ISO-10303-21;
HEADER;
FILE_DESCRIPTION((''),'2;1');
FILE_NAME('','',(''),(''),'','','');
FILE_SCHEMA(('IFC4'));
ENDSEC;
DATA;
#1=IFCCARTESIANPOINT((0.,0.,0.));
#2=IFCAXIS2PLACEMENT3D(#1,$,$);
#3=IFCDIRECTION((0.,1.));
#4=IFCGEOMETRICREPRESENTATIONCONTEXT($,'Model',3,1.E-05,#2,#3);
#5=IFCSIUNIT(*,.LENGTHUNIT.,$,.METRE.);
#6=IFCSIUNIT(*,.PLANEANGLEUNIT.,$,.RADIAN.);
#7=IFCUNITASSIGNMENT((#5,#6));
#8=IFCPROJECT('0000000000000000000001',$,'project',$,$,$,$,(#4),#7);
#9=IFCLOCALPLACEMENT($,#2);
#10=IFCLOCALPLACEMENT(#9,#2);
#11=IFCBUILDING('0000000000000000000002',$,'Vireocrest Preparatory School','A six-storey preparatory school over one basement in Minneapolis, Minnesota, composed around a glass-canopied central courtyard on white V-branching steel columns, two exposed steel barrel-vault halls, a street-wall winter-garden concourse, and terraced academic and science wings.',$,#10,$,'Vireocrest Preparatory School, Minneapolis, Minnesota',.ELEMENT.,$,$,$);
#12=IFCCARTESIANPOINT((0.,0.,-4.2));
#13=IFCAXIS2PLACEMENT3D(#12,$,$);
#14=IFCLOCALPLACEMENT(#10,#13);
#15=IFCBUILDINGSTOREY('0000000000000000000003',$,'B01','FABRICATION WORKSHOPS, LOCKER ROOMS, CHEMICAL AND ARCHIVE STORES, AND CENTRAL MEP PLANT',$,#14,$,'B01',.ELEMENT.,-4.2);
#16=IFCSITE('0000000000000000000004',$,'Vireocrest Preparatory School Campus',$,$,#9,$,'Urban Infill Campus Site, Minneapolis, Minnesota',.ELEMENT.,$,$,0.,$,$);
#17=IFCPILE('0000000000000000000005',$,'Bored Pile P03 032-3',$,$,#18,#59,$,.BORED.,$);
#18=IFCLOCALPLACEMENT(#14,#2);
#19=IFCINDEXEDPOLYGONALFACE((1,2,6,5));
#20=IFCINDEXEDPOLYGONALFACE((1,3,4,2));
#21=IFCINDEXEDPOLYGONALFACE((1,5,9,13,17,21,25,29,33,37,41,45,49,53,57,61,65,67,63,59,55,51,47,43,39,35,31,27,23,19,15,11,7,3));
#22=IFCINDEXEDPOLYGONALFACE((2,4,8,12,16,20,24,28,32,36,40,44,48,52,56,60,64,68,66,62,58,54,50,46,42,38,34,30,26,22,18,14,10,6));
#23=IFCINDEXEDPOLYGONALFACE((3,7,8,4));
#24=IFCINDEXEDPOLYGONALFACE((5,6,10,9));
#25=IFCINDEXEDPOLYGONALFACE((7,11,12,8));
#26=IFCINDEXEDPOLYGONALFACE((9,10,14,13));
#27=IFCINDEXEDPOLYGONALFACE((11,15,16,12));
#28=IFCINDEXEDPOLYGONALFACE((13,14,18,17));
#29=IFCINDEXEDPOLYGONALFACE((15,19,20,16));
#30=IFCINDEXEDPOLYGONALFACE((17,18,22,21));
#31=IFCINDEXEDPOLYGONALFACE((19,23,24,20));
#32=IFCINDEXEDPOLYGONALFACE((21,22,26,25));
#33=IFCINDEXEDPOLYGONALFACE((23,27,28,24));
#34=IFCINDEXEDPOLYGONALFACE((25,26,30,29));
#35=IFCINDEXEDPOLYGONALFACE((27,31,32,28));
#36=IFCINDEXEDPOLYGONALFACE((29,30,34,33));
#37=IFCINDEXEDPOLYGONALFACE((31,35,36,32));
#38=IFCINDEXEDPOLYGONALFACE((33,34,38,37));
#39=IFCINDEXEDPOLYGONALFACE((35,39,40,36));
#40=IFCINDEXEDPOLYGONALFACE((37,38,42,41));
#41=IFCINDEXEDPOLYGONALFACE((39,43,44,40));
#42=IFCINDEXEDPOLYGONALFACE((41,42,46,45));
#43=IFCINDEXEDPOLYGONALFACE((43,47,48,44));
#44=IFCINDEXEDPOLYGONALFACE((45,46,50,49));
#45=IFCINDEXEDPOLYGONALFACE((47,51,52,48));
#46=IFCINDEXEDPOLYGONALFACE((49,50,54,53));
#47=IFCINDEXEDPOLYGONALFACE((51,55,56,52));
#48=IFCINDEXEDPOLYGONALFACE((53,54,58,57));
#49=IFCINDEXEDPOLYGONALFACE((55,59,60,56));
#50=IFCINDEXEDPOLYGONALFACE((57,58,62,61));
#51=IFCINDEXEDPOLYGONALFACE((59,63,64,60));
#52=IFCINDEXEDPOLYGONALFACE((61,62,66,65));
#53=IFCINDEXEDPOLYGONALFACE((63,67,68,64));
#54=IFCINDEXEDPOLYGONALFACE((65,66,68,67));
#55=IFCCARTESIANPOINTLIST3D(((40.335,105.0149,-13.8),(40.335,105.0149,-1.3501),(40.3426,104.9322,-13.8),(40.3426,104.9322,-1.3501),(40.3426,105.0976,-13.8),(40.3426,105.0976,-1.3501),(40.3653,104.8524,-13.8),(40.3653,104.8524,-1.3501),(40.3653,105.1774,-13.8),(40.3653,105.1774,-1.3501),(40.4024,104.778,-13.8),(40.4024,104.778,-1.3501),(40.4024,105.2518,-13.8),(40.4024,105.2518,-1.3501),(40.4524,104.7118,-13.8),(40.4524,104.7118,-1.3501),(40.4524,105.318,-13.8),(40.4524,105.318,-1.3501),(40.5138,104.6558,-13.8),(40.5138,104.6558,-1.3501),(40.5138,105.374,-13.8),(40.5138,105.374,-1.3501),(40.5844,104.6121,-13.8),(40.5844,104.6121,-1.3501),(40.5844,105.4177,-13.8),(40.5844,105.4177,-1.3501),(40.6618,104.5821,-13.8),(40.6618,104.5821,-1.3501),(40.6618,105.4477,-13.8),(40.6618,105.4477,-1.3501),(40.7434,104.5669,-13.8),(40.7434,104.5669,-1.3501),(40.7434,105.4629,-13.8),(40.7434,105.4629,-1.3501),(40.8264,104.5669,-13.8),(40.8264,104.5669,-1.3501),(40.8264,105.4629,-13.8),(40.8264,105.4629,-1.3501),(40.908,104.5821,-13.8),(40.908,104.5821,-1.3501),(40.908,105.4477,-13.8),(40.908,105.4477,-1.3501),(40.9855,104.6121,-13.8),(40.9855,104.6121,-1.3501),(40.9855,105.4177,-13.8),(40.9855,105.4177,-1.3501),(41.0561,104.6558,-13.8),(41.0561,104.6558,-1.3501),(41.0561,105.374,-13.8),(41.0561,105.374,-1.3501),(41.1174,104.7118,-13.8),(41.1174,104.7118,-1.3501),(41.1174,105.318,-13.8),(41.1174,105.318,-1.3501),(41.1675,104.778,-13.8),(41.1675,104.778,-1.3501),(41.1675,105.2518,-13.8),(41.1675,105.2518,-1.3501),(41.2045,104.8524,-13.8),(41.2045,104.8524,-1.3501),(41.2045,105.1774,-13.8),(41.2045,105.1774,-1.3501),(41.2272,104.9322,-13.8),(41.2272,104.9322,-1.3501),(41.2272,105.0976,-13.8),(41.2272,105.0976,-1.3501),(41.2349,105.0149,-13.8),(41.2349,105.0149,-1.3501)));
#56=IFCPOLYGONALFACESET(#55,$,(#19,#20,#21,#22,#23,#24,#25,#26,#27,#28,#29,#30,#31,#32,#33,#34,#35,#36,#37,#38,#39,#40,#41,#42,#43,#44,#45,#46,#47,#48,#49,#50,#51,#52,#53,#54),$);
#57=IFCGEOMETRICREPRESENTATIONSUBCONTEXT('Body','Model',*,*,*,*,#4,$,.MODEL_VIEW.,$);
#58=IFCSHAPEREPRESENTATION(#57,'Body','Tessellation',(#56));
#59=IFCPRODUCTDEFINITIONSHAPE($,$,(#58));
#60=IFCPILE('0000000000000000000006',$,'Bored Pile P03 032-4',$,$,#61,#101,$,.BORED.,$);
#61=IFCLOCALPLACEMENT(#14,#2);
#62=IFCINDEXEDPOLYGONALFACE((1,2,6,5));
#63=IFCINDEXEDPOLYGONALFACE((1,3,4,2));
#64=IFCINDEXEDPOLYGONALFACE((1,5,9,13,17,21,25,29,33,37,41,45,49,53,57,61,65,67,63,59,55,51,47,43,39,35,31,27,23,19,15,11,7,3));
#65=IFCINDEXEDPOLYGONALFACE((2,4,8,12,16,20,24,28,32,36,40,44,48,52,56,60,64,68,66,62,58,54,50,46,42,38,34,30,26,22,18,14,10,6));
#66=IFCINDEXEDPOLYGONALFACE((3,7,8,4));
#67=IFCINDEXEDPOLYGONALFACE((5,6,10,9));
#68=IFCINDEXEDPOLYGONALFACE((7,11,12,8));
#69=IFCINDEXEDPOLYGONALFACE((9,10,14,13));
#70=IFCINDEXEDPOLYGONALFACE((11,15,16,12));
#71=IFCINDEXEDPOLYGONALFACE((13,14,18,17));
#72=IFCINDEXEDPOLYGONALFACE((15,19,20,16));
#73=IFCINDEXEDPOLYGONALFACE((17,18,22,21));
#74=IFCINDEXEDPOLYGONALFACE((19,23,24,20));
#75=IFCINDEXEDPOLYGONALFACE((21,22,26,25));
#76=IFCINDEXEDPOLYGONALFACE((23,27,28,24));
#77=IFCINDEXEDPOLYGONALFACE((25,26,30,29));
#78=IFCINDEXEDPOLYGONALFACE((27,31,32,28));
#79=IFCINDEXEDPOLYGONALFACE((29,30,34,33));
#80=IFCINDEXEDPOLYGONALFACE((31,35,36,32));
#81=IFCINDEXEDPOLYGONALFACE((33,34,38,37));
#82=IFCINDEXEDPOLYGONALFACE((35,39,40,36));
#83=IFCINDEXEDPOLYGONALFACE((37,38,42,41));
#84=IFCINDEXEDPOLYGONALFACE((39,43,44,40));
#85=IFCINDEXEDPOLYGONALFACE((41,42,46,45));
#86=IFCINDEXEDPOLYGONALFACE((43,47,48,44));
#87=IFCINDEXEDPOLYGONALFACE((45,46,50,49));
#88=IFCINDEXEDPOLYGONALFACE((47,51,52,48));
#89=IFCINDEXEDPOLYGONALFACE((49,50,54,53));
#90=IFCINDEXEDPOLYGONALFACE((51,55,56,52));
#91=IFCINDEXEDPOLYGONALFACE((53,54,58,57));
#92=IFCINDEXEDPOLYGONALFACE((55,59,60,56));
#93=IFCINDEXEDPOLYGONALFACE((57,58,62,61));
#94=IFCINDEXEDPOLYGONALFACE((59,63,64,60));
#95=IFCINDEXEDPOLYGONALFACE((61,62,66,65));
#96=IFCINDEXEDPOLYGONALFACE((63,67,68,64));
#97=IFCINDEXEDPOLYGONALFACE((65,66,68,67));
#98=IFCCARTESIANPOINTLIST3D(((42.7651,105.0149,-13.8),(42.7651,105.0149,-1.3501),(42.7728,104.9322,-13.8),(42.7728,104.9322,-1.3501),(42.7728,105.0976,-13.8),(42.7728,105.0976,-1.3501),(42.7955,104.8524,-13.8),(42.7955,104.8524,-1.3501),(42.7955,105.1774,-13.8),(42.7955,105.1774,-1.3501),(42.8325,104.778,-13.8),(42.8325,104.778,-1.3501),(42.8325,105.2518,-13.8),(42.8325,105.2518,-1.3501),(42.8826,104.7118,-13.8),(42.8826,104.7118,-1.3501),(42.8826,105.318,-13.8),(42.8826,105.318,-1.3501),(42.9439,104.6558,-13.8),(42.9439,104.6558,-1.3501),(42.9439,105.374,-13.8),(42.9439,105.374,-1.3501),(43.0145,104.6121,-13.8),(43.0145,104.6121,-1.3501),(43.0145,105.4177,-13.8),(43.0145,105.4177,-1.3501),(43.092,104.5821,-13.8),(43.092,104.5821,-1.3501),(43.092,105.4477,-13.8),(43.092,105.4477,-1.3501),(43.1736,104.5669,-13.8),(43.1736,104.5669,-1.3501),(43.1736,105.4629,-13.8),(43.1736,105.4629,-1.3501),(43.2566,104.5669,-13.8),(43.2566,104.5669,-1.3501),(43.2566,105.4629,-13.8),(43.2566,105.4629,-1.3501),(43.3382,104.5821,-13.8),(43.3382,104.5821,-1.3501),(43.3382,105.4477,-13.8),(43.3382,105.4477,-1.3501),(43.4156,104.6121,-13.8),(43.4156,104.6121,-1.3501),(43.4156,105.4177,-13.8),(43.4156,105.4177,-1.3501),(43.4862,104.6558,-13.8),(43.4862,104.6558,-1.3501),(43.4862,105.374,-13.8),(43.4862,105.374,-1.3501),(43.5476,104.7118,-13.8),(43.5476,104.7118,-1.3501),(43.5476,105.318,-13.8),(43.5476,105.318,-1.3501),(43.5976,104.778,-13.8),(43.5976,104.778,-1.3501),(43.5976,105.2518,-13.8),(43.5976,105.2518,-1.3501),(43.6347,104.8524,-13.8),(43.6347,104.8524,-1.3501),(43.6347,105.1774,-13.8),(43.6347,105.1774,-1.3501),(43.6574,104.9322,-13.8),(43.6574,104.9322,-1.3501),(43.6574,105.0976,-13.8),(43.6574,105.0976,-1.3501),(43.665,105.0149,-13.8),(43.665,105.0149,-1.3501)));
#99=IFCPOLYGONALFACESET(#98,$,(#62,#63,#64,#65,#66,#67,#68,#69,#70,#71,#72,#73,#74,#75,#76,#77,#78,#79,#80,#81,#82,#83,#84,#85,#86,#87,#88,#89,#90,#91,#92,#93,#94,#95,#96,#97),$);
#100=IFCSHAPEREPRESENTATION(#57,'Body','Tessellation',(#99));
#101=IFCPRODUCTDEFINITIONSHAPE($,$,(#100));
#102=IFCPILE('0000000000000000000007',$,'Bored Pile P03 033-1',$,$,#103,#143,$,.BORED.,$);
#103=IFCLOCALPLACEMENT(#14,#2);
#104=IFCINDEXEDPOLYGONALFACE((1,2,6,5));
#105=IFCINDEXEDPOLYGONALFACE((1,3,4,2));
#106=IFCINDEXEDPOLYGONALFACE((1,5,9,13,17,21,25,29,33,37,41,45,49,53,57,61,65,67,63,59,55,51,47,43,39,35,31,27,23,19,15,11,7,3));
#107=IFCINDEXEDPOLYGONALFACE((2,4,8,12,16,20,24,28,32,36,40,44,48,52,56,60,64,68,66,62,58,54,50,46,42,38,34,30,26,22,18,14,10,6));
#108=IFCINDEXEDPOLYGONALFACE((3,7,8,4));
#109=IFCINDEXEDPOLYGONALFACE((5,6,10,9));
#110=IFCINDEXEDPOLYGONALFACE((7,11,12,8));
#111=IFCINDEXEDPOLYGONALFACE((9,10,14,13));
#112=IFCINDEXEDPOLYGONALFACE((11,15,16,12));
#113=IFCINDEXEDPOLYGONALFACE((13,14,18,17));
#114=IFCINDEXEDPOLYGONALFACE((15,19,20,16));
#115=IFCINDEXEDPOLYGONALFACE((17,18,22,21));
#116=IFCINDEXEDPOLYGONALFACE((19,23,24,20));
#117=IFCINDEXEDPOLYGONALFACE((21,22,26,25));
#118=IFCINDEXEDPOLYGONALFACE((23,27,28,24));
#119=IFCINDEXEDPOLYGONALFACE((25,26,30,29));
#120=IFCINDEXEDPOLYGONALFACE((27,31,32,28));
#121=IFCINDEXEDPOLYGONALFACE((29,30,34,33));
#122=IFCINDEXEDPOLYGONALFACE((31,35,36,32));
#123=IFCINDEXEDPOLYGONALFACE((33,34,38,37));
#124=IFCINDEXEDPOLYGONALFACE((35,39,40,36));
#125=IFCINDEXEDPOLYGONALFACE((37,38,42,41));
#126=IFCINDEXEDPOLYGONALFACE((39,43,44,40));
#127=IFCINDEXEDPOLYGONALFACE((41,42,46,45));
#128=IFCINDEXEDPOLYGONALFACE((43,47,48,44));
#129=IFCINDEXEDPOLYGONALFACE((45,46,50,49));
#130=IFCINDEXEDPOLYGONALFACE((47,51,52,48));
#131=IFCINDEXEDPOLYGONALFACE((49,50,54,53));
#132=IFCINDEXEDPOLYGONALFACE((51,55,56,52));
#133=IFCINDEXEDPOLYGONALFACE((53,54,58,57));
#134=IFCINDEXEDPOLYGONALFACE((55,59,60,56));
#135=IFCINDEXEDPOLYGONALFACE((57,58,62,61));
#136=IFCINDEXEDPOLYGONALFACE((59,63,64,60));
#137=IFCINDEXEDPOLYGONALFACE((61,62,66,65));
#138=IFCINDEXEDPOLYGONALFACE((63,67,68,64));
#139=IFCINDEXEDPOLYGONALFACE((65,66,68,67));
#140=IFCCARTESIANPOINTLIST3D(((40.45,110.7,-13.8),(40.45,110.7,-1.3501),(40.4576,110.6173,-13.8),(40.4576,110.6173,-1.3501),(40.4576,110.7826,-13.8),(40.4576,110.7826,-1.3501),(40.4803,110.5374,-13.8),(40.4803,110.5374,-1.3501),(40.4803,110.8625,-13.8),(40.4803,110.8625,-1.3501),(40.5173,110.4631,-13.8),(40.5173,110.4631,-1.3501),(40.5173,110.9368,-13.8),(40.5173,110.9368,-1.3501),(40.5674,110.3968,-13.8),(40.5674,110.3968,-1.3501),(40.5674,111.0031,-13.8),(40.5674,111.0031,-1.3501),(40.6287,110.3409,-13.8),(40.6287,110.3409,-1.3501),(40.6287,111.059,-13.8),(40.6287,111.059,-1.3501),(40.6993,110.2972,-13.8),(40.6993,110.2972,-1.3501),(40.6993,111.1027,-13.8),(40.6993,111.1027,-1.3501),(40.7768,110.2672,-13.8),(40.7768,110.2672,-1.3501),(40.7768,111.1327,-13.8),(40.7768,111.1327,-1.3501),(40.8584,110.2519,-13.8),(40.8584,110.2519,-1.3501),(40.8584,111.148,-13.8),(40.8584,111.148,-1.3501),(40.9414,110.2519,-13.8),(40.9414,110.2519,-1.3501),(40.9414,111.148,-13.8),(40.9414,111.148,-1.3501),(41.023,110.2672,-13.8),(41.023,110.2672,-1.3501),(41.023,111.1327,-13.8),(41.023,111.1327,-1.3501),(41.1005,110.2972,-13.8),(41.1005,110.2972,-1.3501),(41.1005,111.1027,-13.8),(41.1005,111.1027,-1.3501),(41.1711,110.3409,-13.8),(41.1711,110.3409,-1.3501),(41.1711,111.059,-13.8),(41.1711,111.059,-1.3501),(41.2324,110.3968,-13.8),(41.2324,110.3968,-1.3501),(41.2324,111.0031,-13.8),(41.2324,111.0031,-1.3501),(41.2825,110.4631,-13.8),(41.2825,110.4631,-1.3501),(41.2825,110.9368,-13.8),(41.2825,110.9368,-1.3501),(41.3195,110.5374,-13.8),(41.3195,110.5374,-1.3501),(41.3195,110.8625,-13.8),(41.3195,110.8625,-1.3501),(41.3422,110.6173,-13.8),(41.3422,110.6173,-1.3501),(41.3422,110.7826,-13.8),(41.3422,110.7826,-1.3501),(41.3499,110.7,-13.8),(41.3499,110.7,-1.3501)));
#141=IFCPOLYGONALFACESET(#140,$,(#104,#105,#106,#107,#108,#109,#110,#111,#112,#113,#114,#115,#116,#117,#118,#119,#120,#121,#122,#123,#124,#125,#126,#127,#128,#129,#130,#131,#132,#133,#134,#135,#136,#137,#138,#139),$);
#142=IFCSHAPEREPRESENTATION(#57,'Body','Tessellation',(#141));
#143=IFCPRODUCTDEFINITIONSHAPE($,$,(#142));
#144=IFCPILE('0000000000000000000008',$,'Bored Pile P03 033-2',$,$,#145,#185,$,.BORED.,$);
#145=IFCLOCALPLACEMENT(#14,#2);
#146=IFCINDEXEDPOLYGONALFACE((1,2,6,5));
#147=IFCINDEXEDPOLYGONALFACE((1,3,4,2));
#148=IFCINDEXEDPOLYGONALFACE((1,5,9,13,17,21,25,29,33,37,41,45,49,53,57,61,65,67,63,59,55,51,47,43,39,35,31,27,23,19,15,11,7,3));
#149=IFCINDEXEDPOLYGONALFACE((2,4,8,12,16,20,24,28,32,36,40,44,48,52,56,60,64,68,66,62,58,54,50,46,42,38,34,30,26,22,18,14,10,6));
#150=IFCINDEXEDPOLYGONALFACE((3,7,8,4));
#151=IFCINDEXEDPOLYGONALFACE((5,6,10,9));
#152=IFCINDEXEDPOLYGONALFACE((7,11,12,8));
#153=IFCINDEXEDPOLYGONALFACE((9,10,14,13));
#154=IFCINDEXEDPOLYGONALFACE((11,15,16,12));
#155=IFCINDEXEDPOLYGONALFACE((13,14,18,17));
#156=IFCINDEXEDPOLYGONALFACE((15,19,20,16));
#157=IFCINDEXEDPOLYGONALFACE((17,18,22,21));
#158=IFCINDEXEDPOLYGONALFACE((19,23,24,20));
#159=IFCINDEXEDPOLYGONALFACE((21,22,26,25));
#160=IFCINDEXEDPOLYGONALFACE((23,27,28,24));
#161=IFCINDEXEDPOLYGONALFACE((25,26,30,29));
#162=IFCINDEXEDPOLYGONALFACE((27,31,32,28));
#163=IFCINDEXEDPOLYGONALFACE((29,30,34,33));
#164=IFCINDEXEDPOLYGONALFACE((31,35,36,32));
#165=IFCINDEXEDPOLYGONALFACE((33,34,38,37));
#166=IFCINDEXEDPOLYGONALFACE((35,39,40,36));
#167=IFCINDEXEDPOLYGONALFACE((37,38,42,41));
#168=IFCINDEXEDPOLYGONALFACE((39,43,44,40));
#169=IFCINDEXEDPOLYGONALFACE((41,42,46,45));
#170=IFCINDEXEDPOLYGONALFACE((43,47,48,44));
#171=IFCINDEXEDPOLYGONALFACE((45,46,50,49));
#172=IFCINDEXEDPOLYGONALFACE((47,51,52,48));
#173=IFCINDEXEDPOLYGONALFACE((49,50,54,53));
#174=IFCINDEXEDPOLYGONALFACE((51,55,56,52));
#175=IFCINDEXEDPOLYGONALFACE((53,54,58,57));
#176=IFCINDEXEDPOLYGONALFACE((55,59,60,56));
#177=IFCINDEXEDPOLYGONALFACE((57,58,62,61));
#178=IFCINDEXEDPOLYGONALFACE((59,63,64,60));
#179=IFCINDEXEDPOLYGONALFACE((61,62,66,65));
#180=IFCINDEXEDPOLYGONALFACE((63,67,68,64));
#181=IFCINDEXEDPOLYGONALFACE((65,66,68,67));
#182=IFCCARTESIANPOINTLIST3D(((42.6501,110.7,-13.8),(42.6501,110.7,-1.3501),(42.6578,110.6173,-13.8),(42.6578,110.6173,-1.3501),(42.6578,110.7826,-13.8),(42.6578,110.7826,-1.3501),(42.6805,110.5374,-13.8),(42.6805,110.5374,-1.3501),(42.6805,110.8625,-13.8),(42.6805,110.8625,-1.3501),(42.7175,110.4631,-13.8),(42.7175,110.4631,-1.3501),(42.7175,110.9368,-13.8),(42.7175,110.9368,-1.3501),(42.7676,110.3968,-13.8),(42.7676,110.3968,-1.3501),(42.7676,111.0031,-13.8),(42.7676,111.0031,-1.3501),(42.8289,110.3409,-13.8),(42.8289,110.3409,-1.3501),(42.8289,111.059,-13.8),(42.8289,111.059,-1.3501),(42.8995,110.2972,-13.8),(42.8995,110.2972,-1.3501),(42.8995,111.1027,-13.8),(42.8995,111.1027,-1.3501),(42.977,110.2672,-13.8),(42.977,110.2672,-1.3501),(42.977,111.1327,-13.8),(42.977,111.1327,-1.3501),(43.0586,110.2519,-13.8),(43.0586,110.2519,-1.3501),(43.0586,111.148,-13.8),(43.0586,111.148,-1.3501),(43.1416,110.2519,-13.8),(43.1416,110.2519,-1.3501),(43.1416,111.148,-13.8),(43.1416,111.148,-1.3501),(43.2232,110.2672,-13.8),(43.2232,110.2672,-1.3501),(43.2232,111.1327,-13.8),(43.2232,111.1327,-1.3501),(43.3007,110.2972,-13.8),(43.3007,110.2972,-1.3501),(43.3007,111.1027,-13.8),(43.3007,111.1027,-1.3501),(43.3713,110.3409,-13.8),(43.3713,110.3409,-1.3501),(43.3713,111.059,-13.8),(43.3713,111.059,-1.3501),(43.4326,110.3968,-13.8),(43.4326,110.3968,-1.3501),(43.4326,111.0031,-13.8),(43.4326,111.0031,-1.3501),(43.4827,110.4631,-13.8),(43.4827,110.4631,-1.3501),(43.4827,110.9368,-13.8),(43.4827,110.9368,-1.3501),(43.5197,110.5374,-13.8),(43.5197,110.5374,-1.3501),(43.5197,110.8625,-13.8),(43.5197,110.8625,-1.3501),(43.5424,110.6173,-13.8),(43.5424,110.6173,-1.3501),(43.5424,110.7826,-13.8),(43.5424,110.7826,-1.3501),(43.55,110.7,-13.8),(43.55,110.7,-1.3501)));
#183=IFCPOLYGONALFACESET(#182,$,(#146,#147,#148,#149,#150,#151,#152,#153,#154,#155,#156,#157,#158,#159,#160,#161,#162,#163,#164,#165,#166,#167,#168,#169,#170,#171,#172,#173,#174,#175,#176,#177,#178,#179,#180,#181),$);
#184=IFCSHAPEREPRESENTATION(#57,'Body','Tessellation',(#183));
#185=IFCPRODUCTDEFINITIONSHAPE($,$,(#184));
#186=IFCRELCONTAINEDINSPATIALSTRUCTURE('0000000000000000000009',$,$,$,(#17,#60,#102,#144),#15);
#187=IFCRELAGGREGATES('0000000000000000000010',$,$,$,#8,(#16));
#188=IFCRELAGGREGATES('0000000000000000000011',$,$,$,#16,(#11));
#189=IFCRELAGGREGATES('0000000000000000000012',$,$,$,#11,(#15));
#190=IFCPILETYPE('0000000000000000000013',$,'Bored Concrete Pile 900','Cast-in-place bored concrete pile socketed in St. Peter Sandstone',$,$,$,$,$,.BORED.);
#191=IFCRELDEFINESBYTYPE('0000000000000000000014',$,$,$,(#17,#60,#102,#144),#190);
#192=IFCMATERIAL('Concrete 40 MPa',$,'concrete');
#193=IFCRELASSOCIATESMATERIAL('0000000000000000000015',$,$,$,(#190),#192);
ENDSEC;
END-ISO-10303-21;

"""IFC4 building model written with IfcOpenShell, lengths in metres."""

from ifc_helpers import new_model, si_unit, direction, frame, origin, origin_2d, place, context, subcontext, project, spatial, circle, extrude, material, material_profile, profile_set, type_object, element, save


model = new_model("IFC4")

# Units and contexts
model_context = context("Model", 3, precision=1e-05, world=origin(), true_north=direction((0.0, 1.0)))
body_context = subcontext(model_context, "Body", "Model", "MODEL_VIEW")
ifc_project = project(units=[si_unit("LENGTHUNIT", "METRE"), si_unit("PLANEANGLEUNIT", "RADIAN")], contexts=[model_context])

# Site, building, storey
site_placement = place(None, origin())
site = spatial("IfcSite", under=ifc_project, at=site_placement, Name="Vireocrest Preparatory School Campus", LongName="Urban Infill Campus Site, Minneapolis, Minnesota", CompositionType="ELEMENT", RefElevation=0.0)
building_placement = place(site_placement, origin())
building = spatial("IfcBuilding", under=site, at=building_placement, Name="Vireocrest Preparatory School", Description="A six-storey preparatory school over one basement in Minneapolis, Minnesota, composed around a glass-canopied central courtyard on white V-branching steel columns, two exposed steel barrel-vault halls, a street-wall winter-garden concourse, and terraced academic and science wings.", LongName="Vireocrest Preparatory School, Minneapolis, Minnesota", CompositionType="ELEMENT")
storey_placement = place(building_placement, frame((0.0, 0.0, -4.2)))
storey = spatial("IfcBuildingStorey", under=building, at=storey_placement, Name="B01", Description="FABRICATION WORKSHOPS, LOCKER ROOMS, CHEMICAL AND ARCHIVE STORES, AND CENTRAL MEP PLANT", LongName="B01", CompositionType="ELEMENT", Elevation=-4.2)

# Piles
ifc_material_1 = material(Name="Concrete 40 MPa", Category="concrete")
ifc_material_profile_1 = material_profile(ifc_material_1, circle(Radius=0.45, at=origin_2d()), Name="BORED PILE 900")
ifc_profile_set_1 = profile_set([ifc_material_profile_1], Name="Concrete 40 MPa")
pile_type = type_object("IfcPileType", Name="Bored Concrete Pile 900", Description="Cast-in-place bored concrete pile socketed in St. Peter Sandstone", PredefinedType="BORED", material=ifc_profile_set_1)
for number, where, z_axis, x_axis, name in (
    (1, (40.7849, 105.0149, -1.3501), (0.0, 0.0, -1.0), (1.0, 0.0, 0.0), "Bored Pile P03 032-3"),
    (2, (43.2151, 105.0149, -1.3501), (0.0, 0.0, -1.0), (1.0, 0.0, 0.0), "Bored Pile P03 032-4"),
    (3, (40.8999, 110.7, -1.3501), (0.0, 0.0, -1.0), (1.0, 0.0, 0.0), "Bored Pile P03 033-1"),
    (4, (43.1001, 110.7, -1.3501), (0.0, 0.0, -1.0), (1.0, 0.0, 0.0), "Bored Pile P03 033-2"),
):
    element("IfcPile", number, at=place(storey_placement, frame(where, z_axis=z_axis, x_axis=x_axis)), inside=storey, type_object=pile_type, Name=name, PredefinedType="BORED", context=body_context, shape_type="SweptSolid", body=[
        extrude(circle(Radius=0.45, at=origin_2d()), origin(), (0.0, 0.0, 1.0), 12.45),
    ])

save(model, "model.ifc")
